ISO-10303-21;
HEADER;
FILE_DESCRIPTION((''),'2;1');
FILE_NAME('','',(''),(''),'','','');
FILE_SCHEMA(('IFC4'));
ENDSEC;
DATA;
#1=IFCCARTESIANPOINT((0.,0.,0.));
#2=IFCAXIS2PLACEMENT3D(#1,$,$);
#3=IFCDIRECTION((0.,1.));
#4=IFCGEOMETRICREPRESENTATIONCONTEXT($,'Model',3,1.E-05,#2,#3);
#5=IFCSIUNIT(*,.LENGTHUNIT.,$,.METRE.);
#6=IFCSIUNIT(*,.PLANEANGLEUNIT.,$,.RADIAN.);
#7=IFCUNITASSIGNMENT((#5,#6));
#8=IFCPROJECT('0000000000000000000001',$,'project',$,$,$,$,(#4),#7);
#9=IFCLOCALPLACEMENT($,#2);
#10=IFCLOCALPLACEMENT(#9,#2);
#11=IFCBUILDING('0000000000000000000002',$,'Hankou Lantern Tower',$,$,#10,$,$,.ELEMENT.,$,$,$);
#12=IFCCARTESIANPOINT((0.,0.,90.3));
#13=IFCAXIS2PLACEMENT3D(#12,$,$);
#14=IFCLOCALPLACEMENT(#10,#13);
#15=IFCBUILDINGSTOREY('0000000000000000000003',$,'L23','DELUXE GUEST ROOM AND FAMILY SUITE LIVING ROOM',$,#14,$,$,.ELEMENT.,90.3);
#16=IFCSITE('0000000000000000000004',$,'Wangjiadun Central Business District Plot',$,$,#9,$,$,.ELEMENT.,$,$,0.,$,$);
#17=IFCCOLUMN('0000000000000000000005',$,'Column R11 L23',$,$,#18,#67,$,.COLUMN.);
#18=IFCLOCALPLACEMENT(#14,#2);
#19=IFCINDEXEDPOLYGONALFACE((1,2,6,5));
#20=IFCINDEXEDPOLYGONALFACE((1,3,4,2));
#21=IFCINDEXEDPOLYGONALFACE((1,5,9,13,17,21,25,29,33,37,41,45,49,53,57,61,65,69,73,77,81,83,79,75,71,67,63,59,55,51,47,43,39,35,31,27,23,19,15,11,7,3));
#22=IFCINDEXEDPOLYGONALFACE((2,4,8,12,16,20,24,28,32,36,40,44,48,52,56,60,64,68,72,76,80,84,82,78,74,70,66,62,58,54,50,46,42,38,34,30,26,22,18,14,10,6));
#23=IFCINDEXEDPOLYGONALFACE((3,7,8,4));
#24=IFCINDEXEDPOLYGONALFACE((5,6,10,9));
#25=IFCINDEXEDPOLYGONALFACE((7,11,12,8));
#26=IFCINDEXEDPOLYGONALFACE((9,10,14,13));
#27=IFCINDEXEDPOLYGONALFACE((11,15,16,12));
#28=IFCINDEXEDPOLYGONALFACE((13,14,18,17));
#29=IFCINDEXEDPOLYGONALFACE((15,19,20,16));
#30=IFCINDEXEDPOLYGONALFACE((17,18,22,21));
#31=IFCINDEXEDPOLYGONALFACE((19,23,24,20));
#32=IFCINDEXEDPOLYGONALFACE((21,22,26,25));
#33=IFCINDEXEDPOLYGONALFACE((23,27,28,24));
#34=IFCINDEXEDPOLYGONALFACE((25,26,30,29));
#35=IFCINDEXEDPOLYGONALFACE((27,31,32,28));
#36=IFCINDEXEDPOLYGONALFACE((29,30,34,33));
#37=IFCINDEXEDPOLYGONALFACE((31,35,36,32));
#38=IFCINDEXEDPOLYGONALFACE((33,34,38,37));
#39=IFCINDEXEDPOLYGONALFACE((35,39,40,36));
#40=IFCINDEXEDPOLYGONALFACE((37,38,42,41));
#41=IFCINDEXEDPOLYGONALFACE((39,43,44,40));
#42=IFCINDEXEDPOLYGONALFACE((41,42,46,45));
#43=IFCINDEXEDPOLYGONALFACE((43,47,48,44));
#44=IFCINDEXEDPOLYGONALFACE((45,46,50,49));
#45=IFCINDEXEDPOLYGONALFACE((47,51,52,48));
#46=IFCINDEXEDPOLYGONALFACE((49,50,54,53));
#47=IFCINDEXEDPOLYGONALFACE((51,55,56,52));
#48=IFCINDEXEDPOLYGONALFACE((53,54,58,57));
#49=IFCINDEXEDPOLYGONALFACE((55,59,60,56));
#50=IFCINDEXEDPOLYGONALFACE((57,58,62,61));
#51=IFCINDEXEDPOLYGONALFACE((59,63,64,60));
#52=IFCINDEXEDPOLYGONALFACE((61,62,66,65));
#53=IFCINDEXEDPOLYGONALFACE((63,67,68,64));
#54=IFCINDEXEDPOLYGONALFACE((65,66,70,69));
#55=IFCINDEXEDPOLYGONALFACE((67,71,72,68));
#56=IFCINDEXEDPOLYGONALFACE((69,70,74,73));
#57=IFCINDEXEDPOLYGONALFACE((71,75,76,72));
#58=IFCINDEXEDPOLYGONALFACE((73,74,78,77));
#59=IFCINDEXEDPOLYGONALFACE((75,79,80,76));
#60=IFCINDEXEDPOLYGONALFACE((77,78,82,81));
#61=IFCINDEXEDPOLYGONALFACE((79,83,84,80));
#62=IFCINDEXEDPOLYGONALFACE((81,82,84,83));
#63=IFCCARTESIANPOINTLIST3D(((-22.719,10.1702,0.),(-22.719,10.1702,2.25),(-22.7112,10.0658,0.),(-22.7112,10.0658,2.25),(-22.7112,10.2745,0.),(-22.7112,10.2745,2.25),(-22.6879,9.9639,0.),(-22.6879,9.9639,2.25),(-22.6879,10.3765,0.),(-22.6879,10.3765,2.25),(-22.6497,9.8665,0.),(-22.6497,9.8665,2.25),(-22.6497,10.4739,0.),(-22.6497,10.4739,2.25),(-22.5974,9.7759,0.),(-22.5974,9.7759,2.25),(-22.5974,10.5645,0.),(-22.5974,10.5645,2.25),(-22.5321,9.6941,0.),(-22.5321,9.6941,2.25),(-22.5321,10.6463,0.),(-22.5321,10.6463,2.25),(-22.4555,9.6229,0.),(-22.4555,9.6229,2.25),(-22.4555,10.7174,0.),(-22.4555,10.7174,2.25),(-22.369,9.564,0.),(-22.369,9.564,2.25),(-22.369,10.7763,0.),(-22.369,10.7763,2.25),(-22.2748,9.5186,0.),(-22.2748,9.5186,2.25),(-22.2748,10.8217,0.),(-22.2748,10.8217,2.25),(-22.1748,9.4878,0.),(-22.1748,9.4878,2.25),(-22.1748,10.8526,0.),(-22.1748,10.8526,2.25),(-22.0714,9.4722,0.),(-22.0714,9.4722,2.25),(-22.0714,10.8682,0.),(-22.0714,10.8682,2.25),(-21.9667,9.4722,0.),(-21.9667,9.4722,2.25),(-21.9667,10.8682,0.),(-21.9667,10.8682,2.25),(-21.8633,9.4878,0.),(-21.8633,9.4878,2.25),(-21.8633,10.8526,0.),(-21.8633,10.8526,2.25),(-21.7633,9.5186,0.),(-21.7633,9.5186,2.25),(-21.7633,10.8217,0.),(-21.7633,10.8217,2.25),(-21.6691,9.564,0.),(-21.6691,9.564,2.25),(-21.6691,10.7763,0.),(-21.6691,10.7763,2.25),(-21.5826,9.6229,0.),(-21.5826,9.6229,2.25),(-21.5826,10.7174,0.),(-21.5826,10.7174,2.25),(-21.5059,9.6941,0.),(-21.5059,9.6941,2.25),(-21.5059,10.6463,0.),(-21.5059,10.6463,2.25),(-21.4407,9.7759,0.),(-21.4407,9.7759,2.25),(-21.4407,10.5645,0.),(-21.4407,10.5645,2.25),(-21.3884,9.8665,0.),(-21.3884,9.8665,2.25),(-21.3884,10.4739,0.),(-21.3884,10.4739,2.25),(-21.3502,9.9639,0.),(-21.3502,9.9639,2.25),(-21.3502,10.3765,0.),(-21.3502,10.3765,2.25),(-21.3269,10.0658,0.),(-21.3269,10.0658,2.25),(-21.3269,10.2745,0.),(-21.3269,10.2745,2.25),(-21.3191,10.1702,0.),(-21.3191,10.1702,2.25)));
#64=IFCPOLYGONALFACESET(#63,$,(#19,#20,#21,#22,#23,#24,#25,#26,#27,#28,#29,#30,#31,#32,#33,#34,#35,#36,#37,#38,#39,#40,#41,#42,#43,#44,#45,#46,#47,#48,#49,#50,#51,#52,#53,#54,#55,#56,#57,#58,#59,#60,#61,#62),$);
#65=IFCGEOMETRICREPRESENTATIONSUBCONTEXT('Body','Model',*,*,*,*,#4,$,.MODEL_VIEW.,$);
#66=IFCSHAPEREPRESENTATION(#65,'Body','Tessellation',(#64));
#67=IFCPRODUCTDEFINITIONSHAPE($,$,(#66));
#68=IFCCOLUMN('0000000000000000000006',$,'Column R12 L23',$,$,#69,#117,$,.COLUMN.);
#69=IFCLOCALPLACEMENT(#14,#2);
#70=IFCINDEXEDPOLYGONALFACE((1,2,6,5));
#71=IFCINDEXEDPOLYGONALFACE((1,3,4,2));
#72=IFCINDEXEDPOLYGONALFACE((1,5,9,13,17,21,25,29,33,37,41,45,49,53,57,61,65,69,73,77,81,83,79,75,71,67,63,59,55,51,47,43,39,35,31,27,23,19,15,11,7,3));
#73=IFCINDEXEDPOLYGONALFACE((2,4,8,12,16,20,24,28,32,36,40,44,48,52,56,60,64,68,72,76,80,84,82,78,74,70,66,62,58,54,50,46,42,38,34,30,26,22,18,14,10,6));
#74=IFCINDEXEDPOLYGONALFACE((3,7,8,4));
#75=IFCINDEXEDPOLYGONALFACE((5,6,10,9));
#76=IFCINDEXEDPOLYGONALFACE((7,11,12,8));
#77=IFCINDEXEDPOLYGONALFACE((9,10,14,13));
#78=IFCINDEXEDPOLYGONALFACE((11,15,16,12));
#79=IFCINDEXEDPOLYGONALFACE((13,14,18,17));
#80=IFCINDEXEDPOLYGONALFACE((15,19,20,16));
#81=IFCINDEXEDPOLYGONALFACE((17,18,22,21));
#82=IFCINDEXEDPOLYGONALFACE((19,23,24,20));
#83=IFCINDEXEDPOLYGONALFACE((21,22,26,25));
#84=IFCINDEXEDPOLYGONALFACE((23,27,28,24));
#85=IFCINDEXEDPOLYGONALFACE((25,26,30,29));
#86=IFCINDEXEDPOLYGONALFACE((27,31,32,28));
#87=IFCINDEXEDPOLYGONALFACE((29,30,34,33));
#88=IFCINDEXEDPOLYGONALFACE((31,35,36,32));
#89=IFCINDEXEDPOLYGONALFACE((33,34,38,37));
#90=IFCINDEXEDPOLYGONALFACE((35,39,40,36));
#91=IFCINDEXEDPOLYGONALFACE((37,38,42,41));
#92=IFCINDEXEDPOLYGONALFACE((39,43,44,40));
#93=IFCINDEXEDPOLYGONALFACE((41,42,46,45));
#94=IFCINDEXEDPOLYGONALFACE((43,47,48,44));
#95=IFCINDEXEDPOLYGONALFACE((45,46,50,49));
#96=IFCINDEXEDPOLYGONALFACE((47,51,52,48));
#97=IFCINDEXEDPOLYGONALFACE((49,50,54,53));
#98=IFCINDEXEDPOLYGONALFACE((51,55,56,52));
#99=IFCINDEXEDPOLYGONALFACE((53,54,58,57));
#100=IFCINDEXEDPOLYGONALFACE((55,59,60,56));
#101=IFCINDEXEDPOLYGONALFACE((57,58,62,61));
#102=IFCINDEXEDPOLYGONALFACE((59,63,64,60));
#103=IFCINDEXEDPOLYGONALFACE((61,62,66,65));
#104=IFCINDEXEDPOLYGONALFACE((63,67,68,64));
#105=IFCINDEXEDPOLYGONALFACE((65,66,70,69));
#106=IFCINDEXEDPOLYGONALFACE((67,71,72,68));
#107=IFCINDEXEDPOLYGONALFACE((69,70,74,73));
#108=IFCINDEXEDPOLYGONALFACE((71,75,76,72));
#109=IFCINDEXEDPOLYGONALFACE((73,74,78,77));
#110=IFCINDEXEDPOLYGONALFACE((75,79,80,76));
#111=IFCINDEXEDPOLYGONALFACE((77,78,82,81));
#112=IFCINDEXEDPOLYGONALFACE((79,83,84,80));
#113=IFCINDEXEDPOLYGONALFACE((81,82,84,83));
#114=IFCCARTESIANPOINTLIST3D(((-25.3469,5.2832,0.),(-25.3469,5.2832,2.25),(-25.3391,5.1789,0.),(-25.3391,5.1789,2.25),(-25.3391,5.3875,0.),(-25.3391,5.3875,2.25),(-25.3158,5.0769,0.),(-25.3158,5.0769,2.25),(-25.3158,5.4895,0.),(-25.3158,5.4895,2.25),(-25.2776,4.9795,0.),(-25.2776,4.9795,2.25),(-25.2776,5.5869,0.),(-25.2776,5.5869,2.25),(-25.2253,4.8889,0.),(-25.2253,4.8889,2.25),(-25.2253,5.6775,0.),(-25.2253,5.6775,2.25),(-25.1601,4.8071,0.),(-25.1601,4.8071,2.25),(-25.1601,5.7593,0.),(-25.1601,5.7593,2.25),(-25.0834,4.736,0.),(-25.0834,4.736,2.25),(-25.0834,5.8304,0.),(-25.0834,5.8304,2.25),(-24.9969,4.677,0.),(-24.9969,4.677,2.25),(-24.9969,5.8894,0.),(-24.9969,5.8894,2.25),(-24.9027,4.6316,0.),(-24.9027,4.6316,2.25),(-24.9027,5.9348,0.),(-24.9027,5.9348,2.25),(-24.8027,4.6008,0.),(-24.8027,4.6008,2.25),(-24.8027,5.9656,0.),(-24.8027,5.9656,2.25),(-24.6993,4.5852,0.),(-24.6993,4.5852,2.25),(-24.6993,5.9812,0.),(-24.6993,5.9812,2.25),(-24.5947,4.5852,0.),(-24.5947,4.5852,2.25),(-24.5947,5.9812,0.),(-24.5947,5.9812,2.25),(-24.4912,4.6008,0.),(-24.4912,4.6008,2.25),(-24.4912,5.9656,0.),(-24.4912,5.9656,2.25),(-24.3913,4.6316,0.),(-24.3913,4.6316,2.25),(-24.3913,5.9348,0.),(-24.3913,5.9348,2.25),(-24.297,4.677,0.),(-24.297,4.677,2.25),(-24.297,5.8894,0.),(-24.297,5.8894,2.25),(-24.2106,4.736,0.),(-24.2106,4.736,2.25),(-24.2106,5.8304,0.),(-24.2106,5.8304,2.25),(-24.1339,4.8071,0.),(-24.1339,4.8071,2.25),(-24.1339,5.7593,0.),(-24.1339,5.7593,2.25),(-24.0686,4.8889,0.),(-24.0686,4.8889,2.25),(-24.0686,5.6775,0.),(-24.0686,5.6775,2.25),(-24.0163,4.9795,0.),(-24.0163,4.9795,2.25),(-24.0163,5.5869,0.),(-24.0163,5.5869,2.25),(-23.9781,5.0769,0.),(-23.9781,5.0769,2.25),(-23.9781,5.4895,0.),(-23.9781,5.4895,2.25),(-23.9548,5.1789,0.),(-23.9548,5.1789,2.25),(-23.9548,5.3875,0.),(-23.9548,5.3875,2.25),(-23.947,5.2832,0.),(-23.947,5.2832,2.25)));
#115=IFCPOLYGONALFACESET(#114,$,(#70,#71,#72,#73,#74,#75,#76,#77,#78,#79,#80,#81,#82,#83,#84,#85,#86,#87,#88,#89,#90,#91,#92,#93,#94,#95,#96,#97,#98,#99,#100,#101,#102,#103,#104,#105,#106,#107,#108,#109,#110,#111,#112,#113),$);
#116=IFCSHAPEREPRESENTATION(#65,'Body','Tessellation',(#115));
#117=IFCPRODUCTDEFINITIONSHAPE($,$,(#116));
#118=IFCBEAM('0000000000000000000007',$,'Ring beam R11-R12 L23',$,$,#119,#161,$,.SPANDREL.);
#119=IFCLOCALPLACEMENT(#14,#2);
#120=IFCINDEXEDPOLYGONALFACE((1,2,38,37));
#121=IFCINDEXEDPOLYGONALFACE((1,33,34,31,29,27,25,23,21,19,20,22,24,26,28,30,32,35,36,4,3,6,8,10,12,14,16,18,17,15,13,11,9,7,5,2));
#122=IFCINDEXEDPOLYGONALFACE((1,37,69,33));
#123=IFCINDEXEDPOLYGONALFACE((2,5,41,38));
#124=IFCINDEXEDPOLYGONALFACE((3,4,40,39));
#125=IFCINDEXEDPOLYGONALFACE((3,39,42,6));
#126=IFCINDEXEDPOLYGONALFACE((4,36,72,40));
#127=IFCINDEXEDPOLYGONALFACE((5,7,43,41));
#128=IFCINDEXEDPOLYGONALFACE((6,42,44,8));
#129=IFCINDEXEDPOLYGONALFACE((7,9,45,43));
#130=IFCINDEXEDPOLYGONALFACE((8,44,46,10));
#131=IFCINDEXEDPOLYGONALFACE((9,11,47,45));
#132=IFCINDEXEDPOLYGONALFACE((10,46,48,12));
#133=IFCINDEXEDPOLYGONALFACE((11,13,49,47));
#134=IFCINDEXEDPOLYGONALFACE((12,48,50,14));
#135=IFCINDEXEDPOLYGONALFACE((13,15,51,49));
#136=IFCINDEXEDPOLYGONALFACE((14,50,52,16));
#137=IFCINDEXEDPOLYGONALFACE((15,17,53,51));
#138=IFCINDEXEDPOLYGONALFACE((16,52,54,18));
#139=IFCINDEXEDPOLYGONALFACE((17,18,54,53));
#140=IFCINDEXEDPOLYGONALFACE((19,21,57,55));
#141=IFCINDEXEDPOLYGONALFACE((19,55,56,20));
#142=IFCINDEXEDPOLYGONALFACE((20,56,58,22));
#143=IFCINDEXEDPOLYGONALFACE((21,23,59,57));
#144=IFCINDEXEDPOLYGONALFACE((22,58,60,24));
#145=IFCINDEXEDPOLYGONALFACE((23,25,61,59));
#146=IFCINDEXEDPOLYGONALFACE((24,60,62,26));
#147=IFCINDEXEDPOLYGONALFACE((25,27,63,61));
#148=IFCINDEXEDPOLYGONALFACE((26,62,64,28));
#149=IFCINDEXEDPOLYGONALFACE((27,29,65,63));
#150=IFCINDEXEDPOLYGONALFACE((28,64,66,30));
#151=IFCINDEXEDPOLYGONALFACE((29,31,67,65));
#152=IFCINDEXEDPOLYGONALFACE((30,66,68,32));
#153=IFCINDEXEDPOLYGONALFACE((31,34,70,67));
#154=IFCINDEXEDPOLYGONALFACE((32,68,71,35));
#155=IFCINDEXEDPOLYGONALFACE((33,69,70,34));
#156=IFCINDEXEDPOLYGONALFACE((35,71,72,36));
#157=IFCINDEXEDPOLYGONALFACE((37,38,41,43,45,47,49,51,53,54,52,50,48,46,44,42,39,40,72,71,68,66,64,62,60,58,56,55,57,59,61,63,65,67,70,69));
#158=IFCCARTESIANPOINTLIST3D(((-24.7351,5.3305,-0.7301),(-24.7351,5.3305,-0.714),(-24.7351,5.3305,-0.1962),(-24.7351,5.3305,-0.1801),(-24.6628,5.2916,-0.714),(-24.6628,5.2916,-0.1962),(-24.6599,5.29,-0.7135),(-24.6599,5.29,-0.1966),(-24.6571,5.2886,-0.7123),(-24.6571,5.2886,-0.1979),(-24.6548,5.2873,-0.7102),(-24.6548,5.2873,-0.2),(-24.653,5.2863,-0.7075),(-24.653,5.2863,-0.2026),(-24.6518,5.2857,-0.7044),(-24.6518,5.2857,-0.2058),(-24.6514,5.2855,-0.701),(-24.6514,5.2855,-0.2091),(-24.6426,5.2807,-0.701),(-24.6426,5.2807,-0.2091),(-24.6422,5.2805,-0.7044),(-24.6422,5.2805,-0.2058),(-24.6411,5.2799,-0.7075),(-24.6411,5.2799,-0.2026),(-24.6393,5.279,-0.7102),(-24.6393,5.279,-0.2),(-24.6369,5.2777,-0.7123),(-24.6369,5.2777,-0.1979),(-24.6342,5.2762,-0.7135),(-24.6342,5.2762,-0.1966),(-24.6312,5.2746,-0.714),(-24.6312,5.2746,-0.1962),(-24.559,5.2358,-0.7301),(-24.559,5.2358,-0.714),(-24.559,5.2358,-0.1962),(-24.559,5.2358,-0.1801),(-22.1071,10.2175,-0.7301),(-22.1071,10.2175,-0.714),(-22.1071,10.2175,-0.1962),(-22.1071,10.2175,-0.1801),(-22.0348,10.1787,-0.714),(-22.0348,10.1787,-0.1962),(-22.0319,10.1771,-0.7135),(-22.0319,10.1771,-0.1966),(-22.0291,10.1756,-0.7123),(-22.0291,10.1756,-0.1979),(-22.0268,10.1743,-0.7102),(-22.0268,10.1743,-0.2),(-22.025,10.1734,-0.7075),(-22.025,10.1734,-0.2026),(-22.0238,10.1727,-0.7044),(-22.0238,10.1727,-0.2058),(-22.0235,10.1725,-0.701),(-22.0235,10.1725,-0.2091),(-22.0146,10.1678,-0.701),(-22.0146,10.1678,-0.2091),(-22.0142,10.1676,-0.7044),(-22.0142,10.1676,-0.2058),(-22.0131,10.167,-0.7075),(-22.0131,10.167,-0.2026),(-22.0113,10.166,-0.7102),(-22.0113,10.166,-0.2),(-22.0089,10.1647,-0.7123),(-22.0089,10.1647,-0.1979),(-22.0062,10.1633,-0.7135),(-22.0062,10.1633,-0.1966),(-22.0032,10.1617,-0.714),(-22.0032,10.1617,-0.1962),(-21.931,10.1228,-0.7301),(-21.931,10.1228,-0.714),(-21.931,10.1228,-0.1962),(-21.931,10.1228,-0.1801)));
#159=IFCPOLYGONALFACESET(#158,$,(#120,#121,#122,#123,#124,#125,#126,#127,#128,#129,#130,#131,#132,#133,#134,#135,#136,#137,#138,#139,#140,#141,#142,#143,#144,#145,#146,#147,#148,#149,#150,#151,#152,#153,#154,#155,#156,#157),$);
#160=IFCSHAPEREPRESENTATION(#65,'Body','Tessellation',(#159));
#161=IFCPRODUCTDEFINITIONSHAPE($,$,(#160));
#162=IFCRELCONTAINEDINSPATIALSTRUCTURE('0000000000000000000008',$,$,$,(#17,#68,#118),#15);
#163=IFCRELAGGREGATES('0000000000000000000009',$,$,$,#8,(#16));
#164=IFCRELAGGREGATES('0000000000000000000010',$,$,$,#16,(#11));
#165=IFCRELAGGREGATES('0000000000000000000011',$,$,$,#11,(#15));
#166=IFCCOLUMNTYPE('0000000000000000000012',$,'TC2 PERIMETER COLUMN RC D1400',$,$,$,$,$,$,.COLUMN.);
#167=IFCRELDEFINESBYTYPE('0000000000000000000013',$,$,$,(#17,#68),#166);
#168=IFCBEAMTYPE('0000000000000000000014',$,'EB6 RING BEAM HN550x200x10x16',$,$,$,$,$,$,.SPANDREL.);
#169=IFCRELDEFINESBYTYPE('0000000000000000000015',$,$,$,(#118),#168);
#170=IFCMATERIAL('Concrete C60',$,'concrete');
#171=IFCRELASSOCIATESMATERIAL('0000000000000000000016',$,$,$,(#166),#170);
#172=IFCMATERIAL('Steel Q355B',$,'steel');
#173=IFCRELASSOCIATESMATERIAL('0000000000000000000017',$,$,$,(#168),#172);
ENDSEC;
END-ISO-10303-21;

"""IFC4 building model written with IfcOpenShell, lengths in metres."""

from ifc_helpers import new_model, si_unit, direction, frame, origin, origin_2d, place, context, subcontext, project, spatial, circle, i_section, extrude, clip, halfspace, material, material_profile, profile_set, type_object, element, save


model = new_model("IFC4")

# Units and contexts
model_context = context("Model", 3, precision=1e-05, world=origin(), true_north=direction((0.0, 1.0)))
body_context = subcontext(model_context, "Body", "Model", "MODEL_VIEW")
ifc_project = project(units=[si_unit("LENGTHUNIT", "METRE"), si_unit("PLANEANGLEUNIT", "RADIAN")], contexts=[model_context])

# Site, building, storey
site_placement = place(None, origin())
site = spatial("IfcSite", under=ifc_project, at=site_placement, Name="Wangjiadun Central Business District Plot", CompositionType="ELEMENT", RefElevation=0.0)
building_placement = place(site_placement, origin())
building = spatial("IfcBuilding", under=site, at=building_placement, Name="Hankou Lantern Tower", CompositionType="ELEMENT")
storey_placement = place(building_placement, frame((0.0, 0.0, 90.3)))
storey = spatial("IfcBuildingStorey", under=building, at=storey_placement, Name="L23", Description="DELUXE GUEST ROOM AND FAMILY SUITE LIVING ROOM", CompositionType="ELEMENT", Elevation=90.3)

# Columns
ifc_material_1 = material(Name="Concrete C60", Category="concrete")
ifc_material_profile_1 = material_profile(ifc_material_1, circle(Radius=0.7, at=origin_2d()), Name="RC D1400")
ifc_profile_set_1 = profile_set([ifc_material_profile_1], Name="Concrete C60")
column_type = type_object("IfcColumnType", Name="TC2 PERIMETER COLUMN RC D1400", PredefinedType="COLUMN", material=ifc_profile_set_1)
for number, where, z_axis, x_axis, name in (
    (1, (-22.019, 10.1702, 0.0), (0.0, 0.0, 1.0), (1.0, 0.0, 0.0), "Column R11 L23"),
    (2, (-24.647, 5.2832, 0.0), (0.0, 0.0, 1.0), (1.0, 0.0, 0.0), "Column R12 L23"),
):
    element("IfcColumn", number, at=place(storey_placement, frame(where, z_axis=z_axis, x_axis=x_axis)), inside=storey, type_object=column_type, Name=name, PredefinedType="COLUMN", context=body_context, shape_type="Clipping", body=[
        clip(extrude(circle(Radius=0.7, at=origin_2d()), origin(), (0.0, 0.0, 1.0), 3.3), halfspace(frame((0.0, 0.0, 2.25), z_axis=(0.0, 0.0, 1.0), x_axis=(1.0, 0.0, 0.0)), False)),
    ])

# Beam
ifc_material_2 = material(Name="Steel Q355B", Category="steel")
ifc_material_profile_2 = material_profile(ifc_material_2, i_section(OverallWidth=0.2, OverallDepth=0.55, WebThickness=0.01, FlangeThickness=0.0161, FilletRadius=0.0129, at=origin_2d()), Name="HN550x200x10x16")
ifc_profile_set_2 = profile_set([ifc_material_profile_2], Name="Steel Q355B")
beam_type_1 = type_object("IfcBeamType", Name="EB6 RING BEAM HN550x200x10x16", PredefinedType="SPANDREL", material=ifc_profile_set_2)
beam_1_placement = place(storey_placement, frame((-22.019, 10.1702, -0.4551), z_axis=(-0.473609, -0.880735, 0.0), x_axis=(0.880735, -0.473609, 0.0)))
element("IfcBeam", 3, at=beam_1_placement, inside=storey, type_object=beam_type_1, Name="Ring beam R11-R12 L23", PredefinedType="SPANDREL", context=body_context, shape_type="SweptSolid", body=[
    extrude(i_section(OverallWidth=0.2, OverallDepth=0.55, WebThickness=0.01, FlangeThickness=0.0161, FilletRadius=0.0129, at=origin_2d()), origin(), (0.0, 0.0, 1.0), 5.5488),
])

save(model, "model.ifc")
